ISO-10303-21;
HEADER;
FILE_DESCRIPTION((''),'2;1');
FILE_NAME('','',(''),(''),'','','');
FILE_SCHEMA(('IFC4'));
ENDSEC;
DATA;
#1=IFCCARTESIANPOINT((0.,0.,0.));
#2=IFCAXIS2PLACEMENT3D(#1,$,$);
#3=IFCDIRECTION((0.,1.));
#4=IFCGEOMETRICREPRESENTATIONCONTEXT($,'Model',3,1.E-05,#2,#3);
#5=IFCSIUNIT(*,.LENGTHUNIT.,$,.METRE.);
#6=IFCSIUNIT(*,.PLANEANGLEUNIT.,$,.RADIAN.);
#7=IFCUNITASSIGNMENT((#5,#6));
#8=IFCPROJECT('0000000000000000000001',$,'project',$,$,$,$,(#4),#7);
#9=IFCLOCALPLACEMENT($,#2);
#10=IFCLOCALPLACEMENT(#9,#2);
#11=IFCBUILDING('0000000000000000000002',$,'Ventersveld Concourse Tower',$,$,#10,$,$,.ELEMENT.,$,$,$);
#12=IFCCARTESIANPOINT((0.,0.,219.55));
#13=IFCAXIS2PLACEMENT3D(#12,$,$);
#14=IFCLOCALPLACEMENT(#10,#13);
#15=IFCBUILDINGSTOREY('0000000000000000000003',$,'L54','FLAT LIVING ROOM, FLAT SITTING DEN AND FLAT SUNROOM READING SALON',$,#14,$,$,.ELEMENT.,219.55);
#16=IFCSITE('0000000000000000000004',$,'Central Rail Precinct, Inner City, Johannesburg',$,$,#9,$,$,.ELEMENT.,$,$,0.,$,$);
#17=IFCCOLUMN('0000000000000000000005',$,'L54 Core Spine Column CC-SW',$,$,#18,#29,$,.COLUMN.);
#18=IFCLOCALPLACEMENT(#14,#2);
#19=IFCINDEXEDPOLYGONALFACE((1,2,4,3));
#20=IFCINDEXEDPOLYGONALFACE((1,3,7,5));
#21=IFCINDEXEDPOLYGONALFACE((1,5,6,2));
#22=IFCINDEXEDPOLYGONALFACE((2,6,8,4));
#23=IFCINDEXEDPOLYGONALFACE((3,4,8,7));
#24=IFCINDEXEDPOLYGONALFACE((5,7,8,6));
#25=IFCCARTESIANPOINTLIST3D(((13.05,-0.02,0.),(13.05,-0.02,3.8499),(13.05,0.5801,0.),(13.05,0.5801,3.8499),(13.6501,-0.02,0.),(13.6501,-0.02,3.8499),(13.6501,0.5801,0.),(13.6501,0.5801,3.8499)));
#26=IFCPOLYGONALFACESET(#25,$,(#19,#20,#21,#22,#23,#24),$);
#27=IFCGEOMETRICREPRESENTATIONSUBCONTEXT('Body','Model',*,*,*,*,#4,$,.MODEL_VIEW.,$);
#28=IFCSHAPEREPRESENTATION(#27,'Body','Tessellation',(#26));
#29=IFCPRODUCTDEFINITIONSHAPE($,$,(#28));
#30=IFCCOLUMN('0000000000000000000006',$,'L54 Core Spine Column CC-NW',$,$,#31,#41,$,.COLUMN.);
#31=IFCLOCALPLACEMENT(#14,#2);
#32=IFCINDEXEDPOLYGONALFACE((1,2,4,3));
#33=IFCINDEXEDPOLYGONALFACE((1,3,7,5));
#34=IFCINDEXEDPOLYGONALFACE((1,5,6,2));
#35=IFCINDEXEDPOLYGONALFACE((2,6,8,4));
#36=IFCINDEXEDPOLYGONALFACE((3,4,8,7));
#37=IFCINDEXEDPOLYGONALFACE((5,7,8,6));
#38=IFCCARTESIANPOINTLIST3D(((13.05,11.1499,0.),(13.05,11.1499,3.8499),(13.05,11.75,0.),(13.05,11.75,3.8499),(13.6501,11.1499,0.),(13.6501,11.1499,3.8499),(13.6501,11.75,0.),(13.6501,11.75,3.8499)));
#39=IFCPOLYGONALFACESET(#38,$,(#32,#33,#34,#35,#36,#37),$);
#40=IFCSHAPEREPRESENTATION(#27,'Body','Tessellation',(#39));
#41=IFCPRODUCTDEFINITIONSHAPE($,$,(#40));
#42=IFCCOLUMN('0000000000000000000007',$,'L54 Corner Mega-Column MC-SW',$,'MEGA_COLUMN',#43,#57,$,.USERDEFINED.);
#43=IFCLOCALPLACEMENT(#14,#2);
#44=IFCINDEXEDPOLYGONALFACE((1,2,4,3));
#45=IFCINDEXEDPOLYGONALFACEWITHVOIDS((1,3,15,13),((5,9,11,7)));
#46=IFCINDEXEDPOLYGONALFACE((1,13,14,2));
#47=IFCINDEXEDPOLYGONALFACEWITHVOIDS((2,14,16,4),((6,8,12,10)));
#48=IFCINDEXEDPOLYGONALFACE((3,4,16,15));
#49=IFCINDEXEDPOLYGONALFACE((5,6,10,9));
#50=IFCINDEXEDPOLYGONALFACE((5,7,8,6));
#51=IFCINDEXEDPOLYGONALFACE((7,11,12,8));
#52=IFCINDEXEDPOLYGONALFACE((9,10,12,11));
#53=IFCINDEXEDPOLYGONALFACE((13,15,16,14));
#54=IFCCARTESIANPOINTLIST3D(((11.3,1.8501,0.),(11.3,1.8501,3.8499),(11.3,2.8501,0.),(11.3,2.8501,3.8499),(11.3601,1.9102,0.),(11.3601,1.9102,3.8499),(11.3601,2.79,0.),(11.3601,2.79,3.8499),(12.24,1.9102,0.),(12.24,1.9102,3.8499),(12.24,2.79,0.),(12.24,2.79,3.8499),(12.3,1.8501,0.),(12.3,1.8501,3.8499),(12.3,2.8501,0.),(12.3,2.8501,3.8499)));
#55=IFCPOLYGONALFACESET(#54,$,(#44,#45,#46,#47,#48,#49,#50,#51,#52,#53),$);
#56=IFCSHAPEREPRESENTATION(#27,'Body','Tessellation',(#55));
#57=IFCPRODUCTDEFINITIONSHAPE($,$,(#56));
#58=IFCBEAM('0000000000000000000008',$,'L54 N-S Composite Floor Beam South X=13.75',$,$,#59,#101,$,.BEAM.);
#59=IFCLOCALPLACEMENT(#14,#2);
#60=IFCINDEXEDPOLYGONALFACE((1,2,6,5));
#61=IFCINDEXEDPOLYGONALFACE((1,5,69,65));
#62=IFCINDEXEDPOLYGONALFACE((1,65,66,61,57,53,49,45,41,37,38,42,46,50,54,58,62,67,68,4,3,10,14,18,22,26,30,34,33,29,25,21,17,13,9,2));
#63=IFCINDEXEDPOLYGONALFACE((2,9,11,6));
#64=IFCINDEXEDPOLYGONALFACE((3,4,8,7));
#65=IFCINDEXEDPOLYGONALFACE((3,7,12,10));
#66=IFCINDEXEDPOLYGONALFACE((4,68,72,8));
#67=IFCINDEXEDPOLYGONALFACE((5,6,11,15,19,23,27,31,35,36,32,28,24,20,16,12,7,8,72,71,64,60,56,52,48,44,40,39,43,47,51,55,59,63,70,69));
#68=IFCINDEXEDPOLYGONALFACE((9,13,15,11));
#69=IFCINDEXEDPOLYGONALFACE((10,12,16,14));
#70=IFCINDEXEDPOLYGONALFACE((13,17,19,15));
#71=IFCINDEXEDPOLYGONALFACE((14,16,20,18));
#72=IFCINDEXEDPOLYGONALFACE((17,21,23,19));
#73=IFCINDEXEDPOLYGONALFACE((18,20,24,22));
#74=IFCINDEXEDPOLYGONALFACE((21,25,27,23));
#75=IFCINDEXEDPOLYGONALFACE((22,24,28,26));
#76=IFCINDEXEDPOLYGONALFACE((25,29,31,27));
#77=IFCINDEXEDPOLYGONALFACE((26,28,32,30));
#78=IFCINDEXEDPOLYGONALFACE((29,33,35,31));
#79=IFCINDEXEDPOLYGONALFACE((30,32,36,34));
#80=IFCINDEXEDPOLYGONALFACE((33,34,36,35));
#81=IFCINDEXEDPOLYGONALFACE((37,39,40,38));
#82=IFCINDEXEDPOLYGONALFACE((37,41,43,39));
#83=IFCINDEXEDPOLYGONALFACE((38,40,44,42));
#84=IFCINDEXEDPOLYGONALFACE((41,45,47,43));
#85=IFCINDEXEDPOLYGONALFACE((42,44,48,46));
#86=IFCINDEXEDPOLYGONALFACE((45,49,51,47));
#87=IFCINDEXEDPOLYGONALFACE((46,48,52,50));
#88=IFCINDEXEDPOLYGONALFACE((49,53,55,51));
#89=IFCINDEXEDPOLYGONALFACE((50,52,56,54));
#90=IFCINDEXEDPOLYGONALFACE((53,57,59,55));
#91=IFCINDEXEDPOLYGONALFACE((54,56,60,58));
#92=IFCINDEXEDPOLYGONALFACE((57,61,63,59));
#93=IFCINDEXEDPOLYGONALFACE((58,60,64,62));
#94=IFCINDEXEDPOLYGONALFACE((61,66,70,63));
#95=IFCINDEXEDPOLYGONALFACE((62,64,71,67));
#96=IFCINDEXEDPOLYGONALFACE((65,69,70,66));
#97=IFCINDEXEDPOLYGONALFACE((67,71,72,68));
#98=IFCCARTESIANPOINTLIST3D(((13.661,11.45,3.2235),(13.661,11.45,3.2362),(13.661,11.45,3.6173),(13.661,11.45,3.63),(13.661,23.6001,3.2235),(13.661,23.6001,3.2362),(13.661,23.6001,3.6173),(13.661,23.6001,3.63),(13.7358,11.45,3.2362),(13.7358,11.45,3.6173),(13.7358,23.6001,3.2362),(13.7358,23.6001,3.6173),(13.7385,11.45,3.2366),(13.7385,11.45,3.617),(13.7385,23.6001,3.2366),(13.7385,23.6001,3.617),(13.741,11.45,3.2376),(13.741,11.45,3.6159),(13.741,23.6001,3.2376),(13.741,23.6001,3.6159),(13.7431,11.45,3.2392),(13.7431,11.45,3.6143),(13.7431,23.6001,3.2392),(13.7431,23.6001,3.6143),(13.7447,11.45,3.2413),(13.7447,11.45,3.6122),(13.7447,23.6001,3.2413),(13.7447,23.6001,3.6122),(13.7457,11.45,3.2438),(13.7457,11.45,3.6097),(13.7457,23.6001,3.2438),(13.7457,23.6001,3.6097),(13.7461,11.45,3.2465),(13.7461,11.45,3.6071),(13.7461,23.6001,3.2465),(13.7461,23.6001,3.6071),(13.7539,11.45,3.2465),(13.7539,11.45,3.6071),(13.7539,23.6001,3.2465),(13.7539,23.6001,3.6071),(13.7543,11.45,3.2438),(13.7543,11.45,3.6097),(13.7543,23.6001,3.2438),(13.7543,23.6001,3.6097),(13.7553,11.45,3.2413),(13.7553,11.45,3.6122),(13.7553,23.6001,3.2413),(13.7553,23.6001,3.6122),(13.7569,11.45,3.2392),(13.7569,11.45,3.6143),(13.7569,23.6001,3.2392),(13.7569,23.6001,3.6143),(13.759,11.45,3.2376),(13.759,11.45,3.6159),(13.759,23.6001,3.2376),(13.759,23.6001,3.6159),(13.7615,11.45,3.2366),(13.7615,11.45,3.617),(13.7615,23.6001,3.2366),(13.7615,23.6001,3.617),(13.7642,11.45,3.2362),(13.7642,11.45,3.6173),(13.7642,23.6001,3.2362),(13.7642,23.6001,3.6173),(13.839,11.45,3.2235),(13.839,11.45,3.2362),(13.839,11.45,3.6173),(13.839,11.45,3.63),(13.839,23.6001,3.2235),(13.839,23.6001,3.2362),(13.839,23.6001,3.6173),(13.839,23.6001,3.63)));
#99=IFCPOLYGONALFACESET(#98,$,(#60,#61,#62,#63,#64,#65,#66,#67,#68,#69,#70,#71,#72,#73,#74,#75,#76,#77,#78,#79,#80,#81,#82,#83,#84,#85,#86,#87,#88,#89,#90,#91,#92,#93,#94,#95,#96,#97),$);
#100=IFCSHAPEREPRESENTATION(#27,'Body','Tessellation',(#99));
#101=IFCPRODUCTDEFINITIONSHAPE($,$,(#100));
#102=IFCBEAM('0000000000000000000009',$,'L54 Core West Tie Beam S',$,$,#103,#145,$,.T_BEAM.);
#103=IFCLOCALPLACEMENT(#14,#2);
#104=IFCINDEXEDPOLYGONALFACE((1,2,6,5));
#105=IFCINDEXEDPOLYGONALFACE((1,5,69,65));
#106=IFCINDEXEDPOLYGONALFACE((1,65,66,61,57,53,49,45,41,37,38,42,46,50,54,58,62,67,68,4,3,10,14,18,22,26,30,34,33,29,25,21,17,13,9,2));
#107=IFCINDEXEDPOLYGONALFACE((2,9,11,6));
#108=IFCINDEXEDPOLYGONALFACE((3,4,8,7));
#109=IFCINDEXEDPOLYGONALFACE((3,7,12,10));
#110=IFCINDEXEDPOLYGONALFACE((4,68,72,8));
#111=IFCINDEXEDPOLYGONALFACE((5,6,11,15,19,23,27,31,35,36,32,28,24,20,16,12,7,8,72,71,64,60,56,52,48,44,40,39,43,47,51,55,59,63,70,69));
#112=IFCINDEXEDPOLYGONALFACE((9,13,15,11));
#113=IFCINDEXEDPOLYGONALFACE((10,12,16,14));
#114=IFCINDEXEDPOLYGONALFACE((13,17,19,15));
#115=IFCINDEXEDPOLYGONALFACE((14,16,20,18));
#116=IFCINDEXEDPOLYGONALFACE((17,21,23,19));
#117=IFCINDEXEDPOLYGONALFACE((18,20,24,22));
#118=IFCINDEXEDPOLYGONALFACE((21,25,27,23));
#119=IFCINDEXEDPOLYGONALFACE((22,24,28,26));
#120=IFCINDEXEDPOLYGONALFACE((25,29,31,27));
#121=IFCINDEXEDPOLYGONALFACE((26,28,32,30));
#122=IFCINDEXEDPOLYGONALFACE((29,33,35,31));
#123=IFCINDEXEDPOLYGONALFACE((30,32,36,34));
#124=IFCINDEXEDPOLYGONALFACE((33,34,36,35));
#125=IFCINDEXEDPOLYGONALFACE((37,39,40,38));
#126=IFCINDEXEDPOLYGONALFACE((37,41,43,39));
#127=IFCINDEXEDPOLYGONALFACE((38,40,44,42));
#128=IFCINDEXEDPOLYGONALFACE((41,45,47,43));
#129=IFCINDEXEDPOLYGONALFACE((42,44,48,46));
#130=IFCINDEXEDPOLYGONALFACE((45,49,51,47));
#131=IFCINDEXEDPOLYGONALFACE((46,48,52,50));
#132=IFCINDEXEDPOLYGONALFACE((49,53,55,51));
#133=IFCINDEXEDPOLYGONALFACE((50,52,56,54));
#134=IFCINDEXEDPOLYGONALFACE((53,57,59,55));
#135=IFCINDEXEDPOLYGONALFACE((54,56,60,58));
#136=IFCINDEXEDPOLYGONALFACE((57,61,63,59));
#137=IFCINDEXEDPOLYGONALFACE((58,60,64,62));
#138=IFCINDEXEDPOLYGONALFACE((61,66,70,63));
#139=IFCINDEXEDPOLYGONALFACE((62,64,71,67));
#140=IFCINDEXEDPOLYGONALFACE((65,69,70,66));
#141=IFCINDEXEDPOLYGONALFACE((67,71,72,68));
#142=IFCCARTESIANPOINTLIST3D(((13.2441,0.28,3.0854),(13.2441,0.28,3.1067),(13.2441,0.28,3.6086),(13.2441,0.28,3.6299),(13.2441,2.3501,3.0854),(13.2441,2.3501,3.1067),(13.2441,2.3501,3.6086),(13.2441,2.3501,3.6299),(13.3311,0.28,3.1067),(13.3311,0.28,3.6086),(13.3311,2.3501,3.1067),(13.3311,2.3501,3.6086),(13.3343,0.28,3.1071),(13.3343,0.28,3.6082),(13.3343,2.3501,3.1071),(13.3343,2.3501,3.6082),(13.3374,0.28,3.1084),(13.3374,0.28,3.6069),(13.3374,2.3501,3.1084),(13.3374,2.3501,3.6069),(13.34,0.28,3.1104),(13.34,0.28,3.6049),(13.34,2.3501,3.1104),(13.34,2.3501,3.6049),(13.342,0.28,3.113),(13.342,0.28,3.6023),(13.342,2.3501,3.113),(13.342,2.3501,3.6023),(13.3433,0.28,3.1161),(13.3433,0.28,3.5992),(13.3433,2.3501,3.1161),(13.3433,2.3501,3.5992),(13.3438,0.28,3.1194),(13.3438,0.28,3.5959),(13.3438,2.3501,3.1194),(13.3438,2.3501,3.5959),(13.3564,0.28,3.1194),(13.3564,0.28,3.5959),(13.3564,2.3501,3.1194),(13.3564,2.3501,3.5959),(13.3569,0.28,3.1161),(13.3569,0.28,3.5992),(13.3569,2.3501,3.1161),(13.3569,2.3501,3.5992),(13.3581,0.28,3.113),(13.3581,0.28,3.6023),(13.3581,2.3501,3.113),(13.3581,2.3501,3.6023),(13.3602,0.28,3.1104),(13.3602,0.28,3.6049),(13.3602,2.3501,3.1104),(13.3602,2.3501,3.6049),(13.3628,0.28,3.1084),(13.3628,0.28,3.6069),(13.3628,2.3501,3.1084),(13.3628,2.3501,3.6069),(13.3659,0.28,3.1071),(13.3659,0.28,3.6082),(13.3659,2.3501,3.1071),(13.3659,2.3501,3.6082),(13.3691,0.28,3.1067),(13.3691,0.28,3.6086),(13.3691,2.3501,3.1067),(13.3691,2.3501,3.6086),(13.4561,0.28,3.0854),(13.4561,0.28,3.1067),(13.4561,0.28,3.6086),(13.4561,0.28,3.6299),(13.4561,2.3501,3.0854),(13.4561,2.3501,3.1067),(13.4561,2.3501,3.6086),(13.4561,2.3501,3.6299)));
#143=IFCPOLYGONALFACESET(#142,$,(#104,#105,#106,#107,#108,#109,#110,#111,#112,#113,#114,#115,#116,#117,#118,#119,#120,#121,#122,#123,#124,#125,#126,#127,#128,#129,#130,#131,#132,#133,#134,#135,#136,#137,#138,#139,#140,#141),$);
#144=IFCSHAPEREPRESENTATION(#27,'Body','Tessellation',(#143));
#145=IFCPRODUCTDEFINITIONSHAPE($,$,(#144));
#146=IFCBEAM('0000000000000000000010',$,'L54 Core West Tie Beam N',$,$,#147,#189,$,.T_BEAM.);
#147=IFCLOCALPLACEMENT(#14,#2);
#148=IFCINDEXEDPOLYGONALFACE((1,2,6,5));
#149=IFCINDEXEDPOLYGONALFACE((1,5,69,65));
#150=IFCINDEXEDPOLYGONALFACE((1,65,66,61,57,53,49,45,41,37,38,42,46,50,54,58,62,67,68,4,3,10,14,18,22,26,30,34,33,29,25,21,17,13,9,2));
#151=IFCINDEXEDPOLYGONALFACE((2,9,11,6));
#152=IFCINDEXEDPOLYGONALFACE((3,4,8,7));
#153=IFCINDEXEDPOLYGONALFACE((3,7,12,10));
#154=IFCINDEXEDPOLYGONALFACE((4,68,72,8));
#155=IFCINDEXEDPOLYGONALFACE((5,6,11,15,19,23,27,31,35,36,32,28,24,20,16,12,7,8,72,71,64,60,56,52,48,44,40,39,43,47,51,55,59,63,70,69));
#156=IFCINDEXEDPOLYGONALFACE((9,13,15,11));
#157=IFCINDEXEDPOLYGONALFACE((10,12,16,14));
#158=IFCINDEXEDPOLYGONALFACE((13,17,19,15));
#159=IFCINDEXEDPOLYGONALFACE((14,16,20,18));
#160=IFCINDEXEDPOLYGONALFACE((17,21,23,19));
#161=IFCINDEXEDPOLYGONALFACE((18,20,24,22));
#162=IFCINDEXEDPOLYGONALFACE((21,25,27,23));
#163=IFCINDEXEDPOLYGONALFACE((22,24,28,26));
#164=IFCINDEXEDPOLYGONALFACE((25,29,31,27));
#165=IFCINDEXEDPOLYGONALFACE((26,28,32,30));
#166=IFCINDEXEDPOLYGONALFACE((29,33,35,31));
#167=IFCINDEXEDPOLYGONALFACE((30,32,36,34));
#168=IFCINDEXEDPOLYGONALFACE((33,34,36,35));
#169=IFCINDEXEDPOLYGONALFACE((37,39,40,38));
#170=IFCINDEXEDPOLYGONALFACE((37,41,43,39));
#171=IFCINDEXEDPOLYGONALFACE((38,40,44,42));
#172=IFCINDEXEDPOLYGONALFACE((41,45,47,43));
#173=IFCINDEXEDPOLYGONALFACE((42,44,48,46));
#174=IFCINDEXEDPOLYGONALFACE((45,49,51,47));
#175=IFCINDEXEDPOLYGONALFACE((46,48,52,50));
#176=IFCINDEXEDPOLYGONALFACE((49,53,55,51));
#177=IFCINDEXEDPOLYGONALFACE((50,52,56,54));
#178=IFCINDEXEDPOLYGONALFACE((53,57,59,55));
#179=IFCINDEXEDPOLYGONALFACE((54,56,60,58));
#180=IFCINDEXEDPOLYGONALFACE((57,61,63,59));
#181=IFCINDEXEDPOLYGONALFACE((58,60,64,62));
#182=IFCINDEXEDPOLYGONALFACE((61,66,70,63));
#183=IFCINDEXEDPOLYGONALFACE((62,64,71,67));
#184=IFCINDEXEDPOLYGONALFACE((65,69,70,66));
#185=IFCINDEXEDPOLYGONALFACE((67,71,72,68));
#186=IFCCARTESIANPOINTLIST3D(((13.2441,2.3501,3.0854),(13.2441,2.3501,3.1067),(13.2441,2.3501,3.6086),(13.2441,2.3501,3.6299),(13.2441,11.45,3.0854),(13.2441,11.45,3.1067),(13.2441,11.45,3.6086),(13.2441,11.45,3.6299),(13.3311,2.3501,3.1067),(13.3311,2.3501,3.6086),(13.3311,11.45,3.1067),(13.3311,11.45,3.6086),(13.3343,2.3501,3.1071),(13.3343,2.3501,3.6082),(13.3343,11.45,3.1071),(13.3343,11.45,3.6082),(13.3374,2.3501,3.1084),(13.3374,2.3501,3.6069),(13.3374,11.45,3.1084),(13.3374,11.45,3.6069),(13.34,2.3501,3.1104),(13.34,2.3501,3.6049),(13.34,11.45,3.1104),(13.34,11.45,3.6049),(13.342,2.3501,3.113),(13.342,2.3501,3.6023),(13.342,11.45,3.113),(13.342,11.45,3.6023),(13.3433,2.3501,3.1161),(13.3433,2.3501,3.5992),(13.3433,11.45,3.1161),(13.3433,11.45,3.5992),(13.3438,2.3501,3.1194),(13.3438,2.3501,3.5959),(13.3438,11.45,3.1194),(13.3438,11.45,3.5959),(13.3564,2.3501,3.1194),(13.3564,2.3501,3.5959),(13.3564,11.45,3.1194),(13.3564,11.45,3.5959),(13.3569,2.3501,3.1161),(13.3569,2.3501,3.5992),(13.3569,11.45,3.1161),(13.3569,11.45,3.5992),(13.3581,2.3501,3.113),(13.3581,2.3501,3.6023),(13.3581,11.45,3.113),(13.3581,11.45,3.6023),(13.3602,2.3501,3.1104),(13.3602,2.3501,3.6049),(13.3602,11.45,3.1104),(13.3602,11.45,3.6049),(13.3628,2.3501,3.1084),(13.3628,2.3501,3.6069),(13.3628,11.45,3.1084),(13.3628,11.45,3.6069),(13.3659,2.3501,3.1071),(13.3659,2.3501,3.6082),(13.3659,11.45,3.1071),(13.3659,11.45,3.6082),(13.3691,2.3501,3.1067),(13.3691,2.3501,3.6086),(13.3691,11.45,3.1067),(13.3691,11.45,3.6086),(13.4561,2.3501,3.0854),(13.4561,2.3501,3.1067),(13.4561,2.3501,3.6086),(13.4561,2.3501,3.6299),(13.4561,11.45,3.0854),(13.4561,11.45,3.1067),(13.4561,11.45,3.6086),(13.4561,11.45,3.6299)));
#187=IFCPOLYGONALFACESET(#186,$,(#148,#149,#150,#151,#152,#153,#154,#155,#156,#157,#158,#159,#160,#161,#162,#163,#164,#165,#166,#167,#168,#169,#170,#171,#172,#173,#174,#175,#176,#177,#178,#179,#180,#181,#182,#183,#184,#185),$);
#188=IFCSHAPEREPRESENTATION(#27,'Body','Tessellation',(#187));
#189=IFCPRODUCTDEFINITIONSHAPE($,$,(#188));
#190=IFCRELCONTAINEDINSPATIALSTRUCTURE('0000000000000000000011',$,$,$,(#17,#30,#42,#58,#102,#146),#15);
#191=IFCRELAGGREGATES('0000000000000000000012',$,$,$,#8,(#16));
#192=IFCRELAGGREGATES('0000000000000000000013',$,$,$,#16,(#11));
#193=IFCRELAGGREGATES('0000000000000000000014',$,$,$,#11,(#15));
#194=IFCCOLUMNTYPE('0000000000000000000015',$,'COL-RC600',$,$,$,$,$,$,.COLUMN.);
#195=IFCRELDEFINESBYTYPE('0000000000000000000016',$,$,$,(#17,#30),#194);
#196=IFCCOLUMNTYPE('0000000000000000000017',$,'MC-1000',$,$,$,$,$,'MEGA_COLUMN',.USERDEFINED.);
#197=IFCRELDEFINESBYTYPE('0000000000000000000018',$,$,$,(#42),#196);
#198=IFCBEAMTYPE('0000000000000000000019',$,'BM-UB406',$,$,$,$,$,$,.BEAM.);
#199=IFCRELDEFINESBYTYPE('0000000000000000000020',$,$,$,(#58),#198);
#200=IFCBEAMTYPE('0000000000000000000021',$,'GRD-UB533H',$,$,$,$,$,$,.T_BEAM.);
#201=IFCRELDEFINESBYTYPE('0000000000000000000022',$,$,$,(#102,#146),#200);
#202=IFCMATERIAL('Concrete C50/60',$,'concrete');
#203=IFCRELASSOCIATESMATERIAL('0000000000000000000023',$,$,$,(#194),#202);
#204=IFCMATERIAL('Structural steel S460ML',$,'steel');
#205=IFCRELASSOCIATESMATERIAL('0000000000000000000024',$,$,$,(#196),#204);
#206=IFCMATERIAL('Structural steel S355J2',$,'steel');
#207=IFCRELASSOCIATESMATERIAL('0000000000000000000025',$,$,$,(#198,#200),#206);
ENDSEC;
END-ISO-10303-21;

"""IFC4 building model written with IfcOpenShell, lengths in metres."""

from ifc_helpers import new_model, si_unit, direction, frame, origin, origin_2d, place, context, subcontext, project, spatial, rectangle, hollow_rectangle, i_section, extrude, material, material_profile, profile_set, type_object, element, save


model = new_model("IFC4")

# Units and contexts
model_context = context("Model", 3, precision=1e-05, world=origin(), true_north=direction((0.0, 1.0)))
body_context = subcontext(model_context, "Body", "Model", "MODEL_VIEW")
ifc_project = project(units=[si_unit("LENGTHUNIT", "METRE"), si_unit("PLANEANGLEUNIT", "RADIAN")], contexts=[model_context])

# Site, building, storey
site_placement = place(None, origin())
site = spatial("IfcSite", under=ifc_project, at=site_placement, Name="Central Rail Precinct, Inner City, Johannesburg", CompositionType="ELEMENT", RefElevation=0.0)
building_placement = place(site_placement, origin())
building = spatial("IfcBuilding", under=site, at=building_placement, Name="Ventersveld Concourse Tower", CompositionType="ELEMENT")
storey_placement = place(building_placement, frame((0.0, 0.0, 219.55)))
storey = spatial("IfcBuildingStorey", under=building, at=storey_placement, Name="L54", Description="FLAT LIVING ROOM, FLAT SITTING DEN AND FLAT SUNROOM READING SALON", CompositionType="ELEMENT", Elevation=219.55)

# Columns
ifc_material_1 = material(Name="Concrete C50/60", Category="concrete")
ifc_material_profile_1 = material_profile(ifc_material_1, rectangle(XDim=0.6001, YDim=0.6001, at=origin_2d()), Name="RC 600x600")
ifc_profile_set_1 = profile_set([ifc_material_profile_1], Name="Concrete C50/60")
column_type_1 = type_object("IfcColumnType", Name="COL-RC600", PredefinedType="COLUMN", material=ifc_profile_set_1)
for number, where, z_axis, x_axis, name in (
    (1, (13.3501, 0.28, 0.0), (0.0, 0.0, 1.0), (1.0, 0.0, 0.0), "L54 Core Spine Column CC-SW"),
    (2, (13.3501, 11.45, 0.0), (0.0, 0.0, 1.0), (1.0, 0.0, 0.0), "L54 Core Spine Column CC-NW"),
):
    element("IfcColumn", number, at=place(storey_placement, frame(where, z_axis=z_axis, x_axis=x_axis)), inside=storey, type_object=column_type_1, Name=name, PredefinedType="COLUMN", context=body_context, shape_type="SweptSolid", body=[
        extrude(rectangle(XDim=0.6001, YDim=0.6001, at=origin_2d()), origin(), (0.0, 0.0, 1.0), 3.8499),
    ])
ifc_material_2 = material(Name="Structural steel S460ML", Category="steel")
ifc_material_profile_2 = material_profile(ifc_material_2, hollow_rectangle(XDim=1.0, YDim=1.0, WallThickness=0.0601, at=origin_2d()), Name="BOX 1000x1000x60")
ifc_profile_set_2 = profile_set([ifc_material_profile_2], Name="Structural steel S460ML")
column_type_2 = type_object("IfcColumnType", Name="MC-1000", ElementType="MEGA_COLUMN", PredefinedType="USERDEFINED", material=ifc_profile_set_2)
column_placement = place(storey_placement, frame((11.8, 2.3501, 0.0), z_axis=(0.0, 0.0, 1.0), x_axis=(1.0, 0.0, 0.0)))
element("IfcColumn", 3, at=column_placement, inside=storey, type_object=column_type_2, Name="L54 Corner Mega-Column MC-SW", ObjectType="MEGA_COLUMN", PredefinedType="USERDEFINED", context=body_context, shape_type="SweptSolid", body=[
    extrude(hollow_rectangle(XDim=1.0, YDim=1.0, WallThickness=0.0601, at=origin_2d()), origin(), (0.0, 0.0, 1.0), 3.8499),
])

# Beams
ifc_material_3 = material(Name="Structural steel S355J2", Category="steel")
ifc_material_profile_3 = material_profile(ifc_material_3, i_section(OverallWidth=0.178, OverallDepth=0.4065, WebThickness=0.0078, FlangeThickness=0.0127, FilletRadius=0.0103, at=origin_2d()), Name="UB 406x178x60")
ifc_profile_set_3 = profile_set([ifc_material_profile_3], Name="Structural steel S355J2")
beam_type_1 = type_object("IfcBeamType", Name="BM-UB406", PredefinedType="BEAM", material=ifc_profile_set_3)
beam_1_placement = place(storey_placement, frame((13.75, 11.45, 3.4268), z_axis=(0.0, 1.0, 0.0), x_axis=(-1.0, 0.0, 0.0)))
element("IfcBeam", 4, at=beam_1_placement, inside=storey, type_object=beam_type_1, Name="L54 N-S Composite Floor Beam South X=13.75", PredefinedType="BEAM", context=body_context, shape_type="SweptSolid", body=[
    extrude(i_section(OverallWidth=0.178, OverallDepth=0.4065, WebThickness=0.0078, FlangeThickness=0.0127, FilletRadius=0.0103, at=origin_2d()), origin(), (0.0, 0.0, 1.0), 12.1501),
])
ifc_material_profile_4 = material_profile(ifc_material_3, i_section(OverallWidth=0.2119, OverallDepth=0.5444, WebThickness=0.0127, FlangeThickness=0.0212, FilletRadius=0.0127, at=origin_2d()), Name="UB 533x210x122")
ifc_profile_set_4 = profile_set([ifc_material_profile_4], Name="Structural steel S355J2")
beam_type_2 = type_object("IfcBeamType", Name="GRD-UB533H", PredefinedType="T_BEAM", material=ifc_profile_set_4)
beam_2_placement = place(storey_placement, frame((13.3501, 0.28, 3.3577), z_axis=(0.0, 1.0, 0.0), x_axis=(-1.0, 0.0, 0.0)))
element("IfcBeam", 5, at=beam_2_placement, inside=storey, type_object=beam_type_2, Name="L54 Core West Tie Beam S", PredefinedType="T_BEAM", context=body_context, shape_type="SweptSolid", body=[
    extrude(i_section(OverallWidth=0.2119, OverallDepth=0.5444, WebThickness=0.0127, FlangeThickness=0.0212, FilletRadius=0.0127, at=origin_2d()), origin(), (0.0, 0.0, 1.0), 2.0701),
])
beam_3_placement = place(storey_placement, frame((13.3501, 2.3501, 3.3577), z_axis=(0.0, 1.0, 0.0), x_axis=(-1.0, 0.0, 0.0)))
element("IfcBeam", 6, at=beam_3_placement, inside=storey, type_object=beam_type_2, Name="L54 Core West Tie Beam N", PredefinedType="T_BEAM", context=body_context, shape_type="SweptSolid", body=[
    extrude(i_section(OverallWidth=0.2119, OverallDepth=0.5444, WebThickness=0.0127, FlangeThickness=0.0212, FilletRadius=0.0127, at=origin_2d()), origin(), (0.0, 0.0, 1.0), 9.0999),
])

save(model, "model.ifc")
